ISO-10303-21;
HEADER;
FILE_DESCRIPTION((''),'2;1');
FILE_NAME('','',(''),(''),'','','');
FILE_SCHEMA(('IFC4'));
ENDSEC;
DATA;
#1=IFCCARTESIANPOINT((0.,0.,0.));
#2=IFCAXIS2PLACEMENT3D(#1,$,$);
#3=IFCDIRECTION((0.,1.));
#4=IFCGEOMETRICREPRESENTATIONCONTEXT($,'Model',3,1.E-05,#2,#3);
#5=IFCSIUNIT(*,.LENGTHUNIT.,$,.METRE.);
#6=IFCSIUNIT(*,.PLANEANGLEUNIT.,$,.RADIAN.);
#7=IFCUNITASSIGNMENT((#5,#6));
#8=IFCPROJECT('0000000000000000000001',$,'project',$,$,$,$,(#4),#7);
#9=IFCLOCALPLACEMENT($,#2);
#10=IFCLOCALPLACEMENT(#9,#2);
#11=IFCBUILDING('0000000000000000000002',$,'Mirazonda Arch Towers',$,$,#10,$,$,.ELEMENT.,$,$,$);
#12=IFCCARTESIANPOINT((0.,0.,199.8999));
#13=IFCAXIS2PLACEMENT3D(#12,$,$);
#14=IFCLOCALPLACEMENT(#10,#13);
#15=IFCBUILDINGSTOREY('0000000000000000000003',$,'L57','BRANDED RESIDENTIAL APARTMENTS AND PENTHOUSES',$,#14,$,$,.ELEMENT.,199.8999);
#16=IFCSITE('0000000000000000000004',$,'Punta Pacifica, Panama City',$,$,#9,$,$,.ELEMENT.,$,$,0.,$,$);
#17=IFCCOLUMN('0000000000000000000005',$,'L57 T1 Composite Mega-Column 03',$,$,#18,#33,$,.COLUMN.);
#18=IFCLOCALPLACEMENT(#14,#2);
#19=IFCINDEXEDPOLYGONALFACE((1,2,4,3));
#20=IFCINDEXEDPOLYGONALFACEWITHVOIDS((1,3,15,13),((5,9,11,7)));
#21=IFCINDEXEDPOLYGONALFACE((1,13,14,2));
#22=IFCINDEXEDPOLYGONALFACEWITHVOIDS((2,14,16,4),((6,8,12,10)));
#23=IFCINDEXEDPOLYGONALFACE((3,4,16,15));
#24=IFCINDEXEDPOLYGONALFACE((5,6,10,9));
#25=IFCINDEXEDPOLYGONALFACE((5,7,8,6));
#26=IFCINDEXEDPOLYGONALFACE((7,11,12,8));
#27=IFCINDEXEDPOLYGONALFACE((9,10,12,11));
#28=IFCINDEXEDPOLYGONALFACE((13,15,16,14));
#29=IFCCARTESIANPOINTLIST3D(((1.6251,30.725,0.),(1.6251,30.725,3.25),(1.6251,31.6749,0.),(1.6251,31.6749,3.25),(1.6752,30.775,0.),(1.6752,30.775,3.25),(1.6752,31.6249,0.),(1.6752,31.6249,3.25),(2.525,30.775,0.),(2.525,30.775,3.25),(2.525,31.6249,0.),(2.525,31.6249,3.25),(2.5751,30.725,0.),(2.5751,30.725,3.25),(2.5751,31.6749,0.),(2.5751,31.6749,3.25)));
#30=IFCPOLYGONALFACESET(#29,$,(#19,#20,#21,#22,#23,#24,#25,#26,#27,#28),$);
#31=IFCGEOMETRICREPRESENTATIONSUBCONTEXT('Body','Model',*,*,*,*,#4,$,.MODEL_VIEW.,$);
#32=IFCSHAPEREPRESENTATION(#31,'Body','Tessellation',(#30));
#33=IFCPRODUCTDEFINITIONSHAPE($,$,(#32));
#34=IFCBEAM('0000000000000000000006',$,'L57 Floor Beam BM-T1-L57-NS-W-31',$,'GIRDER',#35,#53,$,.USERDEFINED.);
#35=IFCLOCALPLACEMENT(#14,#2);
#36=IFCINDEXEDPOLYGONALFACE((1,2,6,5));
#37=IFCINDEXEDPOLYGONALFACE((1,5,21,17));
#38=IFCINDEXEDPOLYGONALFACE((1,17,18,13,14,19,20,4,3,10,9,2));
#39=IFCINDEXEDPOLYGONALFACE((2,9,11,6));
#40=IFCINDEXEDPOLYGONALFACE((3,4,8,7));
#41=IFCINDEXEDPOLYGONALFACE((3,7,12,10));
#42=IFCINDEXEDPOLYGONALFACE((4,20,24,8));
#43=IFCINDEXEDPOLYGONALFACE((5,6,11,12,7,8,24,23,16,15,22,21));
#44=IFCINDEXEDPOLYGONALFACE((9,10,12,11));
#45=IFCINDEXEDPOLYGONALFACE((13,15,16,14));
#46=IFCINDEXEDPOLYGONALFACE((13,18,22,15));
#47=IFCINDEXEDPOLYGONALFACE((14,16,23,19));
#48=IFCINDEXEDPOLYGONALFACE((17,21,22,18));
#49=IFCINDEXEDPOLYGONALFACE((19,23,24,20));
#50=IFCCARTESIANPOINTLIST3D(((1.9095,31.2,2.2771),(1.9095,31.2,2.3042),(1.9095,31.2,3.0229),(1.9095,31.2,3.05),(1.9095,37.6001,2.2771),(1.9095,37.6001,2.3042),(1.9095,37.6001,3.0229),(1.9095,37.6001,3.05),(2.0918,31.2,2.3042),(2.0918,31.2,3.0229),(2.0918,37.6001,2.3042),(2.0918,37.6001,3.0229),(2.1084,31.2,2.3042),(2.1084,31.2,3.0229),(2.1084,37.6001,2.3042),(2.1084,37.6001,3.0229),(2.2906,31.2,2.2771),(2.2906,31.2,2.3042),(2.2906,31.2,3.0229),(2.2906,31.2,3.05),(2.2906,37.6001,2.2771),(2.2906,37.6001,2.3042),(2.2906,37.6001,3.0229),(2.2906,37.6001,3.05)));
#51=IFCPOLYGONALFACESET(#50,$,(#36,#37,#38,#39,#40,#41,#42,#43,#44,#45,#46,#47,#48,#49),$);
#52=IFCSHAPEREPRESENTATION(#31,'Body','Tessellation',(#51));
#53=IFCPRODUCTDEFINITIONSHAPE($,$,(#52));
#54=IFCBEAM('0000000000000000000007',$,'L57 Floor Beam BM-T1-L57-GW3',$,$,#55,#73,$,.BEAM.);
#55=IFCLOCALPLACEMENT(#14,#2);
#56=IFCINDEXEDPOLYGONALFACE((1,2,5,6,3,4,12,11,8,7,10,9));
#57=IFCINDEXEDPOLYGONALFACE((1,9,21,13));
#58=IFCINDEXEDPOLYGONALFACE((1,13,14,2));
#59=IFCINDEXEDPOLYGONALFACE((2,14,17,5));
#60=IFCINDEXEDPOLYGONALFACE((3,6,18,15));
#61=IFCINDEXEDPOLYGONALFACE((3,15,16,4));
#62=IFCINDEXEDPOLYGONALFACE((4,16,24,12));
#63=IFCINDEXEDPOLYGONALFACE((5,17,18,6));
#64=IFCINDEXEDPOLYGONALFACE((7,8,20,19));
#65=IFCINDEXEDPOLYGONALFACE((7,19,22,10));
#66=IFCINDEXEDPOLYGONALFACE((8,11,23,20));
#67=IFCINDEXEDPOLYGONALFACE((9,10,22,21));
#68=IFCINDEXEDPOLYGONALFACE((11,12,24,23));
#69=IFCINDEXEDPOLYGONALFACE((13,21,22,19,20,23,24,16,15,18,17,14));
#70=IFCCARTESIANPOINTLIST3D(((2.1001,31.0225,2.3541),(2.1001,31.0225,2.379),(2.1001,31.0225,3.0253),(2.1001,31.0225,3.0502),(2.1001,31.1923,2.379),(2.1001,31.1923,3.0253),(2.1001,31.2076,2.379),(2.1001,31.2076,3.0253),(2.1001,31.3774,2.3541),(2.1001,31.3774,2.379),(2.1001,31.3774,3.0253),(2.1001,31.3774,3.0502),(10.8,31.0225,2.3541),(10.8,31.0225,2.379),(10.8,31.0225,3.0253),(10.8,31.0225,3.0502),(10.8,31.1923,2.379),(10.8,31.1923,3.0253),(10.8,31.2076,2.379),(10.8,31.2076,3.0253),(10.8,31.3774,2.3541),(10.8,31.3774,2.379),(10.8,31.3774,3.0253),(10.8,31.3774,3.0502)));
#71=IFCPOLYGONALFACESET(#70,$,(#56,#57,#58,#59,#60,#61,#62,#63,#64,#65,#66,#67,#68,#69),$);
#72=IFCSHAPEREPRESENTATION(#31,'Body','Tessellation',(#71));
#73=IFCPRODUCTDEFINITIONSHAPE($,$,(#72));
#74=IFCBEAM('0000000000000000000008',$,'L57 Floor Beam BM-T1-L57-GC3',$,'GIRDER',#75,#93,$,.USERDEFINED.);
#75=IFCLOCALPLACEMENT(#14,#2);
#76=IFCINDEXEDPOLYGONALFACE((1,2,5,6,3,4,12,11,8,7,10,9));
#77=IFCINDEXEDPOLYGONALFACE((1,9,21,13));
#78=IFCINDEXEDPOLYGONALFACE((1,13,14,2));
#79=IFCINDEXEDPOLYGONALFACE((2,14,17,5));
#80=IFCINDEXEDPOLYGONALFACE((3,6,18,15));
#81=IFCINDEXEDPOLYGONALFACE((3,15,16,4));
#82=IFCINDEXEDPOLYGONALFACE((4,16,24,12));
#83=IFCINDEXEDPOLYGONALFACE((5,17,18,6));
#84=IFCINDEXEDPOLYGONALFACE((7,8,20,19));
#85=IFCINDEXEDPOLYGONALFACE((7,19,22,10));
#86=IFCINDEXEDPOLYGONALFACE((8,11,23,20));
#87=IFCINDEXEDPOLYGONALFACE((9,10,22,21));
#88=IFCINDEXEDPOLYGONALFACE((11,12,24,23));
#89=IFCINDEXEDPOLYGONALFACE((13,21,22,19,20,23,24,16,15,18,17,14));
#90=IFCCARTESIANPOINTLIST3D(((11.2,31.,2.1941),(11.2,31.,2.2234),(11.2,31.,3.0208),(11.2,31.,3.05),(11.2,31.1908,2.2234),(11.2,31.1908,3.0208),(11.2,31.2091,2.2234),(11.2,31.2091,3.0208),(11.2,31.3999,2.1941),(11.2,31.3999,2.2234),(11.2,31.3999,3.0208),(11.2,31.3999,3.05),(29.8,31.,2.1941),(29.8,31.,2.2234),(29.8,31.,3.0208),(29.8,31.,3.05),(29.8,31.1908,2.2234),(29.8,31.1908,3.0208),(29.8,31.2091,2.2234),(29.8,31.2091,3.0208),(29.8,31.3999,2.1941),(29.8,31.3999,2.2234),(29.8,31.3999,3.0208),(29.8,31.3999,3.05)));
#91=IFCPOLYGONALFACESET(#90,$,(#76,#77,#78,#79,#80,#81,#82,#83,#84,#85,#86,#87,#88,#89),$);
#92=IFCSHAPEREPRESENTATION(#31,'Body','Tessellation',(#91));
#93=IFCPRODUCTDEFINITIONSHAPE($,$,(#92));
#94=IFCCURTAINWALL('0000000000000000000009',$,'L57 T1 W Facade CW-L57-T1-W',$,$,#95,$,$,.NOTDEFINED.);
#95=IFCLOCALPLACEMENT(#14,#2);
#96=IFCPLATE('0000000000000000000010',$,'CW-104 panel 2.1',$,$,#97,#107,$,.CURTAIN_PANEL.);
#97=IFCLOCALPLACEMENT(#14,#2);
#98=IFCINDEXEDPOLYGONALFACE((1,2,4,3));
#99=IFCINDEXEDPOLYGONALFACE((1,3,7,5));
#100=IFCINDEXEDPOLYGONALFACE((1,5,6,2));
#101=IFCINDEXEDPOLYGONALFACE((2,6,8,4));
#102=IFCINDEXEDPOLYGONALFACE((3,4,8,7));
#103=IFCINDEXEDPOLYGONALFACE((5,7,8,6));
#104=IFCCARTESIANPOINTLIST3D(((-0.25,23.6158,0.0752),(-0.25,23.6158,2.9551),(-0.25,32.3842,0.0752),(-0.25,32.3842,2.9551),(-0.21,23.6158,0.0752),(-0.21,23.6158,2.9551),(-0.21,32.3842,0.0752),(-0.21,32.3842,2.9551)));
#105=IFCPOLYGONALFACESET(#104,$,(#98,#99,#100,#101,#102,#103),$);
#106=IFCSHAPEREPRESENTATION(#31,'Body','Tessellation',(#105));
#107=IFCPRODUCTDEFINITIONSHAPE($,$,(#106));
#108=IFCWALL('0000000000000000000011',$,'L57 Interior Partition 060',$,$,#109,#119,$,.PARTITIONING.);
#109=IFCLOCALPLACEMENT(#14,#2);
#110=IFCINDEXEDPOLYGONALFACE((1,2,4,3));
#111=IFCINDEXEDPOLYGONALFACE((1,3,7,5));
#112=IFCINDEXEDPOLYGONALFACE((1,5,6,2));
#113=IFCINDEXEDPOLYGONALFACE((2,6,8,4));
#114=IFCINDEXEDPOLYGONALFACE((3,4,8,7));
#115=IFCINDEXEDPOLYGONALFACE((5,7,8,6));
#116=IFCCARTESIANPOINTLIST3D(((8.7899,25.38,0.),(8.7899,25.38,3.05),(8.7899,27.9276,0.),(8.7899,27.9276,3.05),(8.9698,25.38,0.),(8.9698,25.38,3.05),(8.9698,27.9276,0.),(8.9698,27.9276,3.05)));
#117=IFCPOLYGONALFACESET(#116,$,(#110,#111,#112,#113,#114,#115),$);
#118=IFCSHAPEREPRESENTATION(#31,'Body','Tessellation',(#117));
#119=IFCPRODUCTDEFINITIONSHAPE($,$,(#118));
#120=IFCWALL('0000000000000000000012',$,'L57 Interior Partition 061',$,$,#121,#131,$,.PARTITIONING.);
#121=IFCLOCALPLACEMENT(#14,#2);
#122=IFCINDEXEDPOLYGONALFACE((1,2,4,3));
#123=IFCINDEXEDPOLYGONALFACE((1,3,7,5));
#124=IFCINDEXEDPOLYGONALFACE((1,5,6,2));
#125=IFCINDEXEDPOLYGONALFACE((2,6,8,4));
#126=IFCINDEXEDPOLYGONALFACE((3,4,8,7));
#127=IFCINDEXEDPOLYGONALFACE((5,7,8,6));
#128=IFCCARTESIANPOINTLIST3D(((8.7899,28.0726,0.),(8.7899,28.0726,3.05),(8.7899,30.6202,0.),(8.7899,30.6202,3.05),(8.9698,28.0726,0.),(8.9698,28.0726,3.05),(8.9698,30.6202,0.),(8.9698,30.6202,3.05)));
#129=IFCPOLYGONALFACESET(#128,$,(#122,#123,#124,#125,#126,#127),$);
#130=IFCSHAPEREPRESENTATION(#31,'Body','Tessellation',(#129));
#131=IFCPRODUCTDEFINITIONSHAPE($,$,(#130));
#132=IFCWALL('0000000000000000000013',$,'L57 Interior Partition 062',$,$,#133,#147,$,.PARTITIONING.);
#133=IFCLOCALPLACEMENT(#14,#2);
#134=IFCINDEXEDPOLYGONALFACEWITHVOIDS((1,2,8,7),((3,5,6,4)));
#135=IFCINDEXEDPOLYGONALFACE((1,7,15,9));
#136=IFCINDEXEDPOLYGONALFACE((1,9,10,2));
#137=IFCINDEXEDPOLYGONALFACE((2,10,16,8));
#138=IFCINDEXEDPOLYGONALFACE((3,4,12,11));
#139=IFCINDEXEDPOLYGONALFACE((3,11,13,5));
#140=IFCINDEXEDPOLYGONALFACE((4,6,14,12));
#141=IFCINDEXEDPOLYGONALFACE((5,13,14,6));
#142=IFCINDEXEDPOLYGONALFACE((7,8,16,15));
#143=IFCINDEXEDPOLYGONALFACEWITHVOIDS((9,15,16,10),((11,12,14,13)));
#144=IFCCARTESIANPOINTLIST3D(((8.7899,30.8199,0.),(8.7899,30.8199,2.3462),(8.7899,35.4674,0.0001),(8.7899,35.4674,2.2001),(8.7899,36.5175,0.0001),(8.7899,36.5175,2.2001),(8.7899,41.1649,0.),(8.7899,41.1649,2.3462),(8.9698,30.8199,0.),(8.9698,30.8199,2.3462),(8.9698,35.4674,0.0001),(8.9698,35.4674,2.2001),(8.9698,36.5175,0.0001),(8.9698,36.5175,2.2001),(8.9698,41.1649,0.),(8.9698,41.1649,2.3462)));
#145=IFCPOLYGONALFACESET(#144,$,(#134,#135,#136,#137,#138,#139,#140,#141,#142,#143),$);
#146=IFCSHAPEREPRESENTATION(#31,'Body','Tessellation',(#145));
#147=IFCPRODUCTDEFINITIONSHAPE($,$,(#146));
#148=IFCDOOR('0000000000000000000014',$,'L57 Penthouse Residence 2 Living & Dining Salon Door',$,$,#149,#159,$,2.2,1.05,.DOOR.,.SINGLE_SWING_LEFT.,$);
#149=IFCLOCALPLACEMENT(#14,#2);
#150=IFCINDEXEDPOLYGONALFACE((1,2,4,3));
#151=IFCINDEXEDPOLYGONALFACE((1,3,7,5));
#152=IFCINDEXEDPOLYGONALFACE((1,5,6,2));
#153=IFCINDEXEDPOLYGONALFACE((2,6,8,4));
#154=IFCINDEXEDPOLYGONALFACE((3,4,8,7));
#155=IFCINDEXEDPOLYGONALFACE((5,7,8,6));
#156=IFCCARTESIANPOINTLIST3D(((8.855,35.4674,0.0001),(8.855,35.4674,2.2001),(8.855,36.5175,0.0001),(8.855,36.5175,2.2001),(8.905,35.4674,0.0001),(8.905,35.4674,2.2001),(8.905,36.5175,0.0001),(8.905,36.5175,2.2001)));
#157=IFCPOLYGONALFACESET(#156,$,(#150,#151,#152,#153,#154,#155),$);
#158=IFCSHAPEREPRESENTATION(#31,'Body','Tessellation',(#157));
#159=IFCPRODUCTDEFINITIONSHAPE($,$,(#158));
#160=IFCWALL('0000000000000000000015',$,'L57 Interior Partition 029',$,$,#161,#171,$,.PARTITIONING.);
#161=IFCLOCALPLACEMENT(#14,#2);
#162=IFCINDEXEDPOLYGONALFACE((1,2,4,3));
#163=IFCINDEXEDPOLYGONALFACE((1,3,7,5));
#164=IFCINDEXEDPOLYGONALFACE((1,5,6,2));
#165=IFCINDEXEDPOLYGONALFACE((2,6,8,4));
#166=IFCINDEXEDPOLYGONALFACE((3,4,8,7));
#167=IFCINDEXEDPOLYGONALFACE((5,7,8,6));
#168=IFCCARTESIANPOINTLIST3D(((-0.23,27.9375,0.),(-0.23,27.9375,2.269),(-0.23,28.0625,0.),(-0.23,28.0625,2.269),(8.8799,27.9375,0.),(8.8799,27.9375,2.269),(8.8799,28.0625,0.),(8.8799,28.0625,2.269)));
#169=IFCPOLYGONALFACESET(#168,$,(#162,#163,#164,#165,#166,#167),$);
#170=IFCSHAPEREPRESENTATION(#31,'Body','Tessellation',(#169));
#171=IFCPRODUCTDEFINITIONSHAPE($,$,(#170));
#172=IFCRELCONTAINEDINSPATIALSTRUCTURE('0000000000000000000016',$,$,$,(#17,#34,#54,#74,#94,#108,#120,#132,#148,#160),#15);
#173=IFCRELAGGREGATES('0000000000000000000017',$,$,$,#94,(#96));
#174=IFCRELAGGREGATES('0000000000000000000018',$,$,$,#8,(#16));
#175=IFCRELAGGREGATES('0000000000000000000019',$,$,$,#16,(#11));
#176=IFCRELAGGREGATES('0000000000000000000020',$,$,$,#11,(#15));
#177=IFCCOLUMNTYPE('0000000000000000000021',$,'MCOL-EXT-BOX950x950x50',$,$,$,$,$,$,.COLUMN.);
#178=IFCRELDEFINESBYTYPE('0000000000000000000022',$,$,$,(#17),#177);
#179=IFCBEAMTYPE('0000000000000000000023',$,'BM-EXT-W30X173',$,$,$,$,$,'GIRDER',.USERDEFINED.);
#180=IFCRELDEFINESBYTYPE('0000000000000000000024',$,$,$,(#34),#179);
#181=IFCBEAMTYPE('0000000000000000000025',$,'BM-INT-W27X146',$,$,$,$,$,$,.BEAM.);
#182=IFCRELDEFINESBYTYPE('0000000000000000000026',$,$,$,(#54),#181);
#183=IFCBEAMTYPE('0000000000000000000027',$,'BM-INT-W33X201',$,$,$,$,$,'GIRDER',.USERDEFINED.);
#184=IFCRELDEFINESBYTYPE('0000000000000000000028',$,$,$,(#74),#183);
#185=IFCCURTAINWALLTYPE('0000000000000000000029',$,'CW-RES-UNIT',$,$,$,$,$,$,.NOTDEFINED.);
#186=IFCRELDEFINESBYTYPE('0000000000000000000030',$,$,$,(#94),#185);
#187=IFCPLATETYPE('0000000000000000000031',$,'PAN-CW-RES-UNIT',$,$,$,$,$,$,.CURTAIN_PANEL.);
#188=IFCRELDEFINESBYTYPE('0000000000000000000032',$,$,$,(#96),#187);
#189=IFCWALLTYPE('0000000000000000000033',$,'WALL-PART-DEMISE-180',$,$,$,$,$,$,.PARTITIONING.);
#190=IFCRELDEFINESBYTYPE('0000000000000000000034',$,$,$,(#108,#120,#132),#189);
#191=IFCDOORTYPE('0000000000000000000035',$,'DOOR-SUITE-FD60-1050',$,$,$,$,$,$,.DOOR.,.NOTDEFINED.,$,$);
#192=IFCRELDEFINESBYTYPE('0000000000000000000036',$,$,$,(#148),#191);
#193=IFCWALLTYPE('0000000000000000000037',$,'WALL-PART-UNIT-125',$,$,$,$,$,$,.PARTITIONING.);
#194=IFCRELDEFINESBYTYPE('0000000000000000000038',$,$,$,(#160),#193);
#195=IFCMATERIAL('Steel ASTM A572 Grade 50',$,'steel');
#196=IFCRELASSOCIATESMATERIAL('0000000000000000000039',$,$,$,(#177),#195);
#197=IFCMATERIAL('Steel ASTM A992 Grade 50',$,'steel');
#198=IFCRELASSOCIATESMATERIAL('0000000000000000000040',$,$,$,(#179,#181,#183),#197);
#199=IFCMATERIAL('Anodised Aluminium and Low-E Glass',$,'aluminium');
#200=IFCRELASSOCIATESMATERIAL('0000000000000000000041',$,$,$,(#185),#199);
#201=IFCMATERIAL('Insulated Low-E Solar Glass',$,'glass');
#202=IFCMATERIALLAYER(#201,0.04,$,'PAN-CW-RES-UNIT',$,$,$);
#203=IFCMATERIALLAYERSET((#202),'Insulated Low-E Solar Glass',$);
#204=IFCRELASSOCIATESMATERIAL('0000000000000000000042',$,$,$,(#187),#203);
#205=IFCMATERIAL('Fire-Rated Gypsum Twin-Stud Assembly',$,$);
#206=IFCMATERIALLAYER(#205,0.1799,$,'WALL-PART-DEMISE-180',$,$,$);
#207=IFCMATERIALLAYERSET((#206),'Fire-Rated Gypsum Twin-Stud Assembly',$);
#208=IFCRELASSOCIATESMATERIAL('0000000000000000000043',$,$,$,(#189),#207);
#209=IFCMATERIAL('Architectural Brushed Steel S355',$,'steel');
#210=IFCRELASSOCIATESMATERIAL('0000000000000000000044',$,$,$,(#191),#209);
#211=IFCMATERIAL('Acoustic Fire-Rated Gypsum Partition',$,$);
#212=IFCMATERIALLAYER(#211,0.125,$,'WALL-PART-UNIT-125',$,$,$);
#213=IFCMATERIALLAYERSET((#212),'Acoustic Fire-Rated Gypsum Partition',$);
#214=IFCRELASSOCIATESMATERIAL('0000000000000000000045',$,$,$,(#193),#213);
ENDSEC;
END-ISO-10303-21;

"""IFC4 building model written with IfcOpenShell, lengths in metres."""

from ifc_helpers import new_model, si_unit, direction, frame, frame_2d, origin, origin_2d, place, context, subcontext, project, spatial, rectangle, hollow_rectangle, i_section, extrude, material, layer, layer_set, material_profile, profile_set, type_object, element, fill, aggregate, save


model = new_model("IFC4")

# Units and contexts
model_context = context("Model", 3, precision=1e-05, world=origin(), true_north=direction((0.0, 1.0)))
body_context = subcontext(model_context, "Body", "Model", "MODEL_VIEW")
ifc_project = project(units=[si_unit("LENGTHUNIT", "METRE"), si_unit("PLANEANGLEUNIT", "RADIAN")], contexts=[model_context])

# Site, building, storey
site_placement = place(None, origin())
site = spatial("IfcSite", under=ifc_project, at=site_placement, Name="Punta Pacifica, Panama City", CompositionType="ELEMENT", RefElevation=0.0)
building_placement = place(site_placement, origin())
building = spatial("IfcBuilding", under=site, at=building_placement, Name="Mirazonda Arch Towers", CompositionType="ELEMENT")
storey_placement = place(building_placement, frame((0.0, 0.0, 199.8999)))
storey = spatial("IfcBuildingStorey", under=building, at=storey_placement, Name="L57", Description="BRANDED RESIDENTIAL APARTMENTS AND PENTHOUSES", CompositionType="ELEMENT", Elevation=199.8999)

# Column
ifc_material_1 = material(Name="Steel ASTM A572 Grade 50", Category="steel")
ifc_material_profile_1 = material_profile(ifc_material_1, hollow_rectangle(XDim=0.95, YDim=0.95, WallThickness=0.05, at=origin_2d()), Name="BOX950x950x50")
ifc_profile_set_1 = profile_set([ifc_material_profile_1], Name="Steel ASTM A572 Grade 50")
column_type = type_object("IfcColumnType", Name="MCOL-EXT-BOX950x950x50", PredefinedType="COLUMN", material=ifc_profile_set_1)
column_placement = place(storey_placement, frame((2.1001, 31.2, 0.0), z_axis=(0.0, 0.0, 1.0), x_axis=(1.0, 0.0, 0.0)))
element("IfcColumn", 1, at=column_placement, inside=storey, type_object=column_type, Name="L57 T1 Composite Mega-Column 03", PredefinedType="COLUMN", context=body_context, shape_type="SweptSolid", body=[
    extrude(hollow_rectangle(XDim=0.95, YDim=0.95, WallThickness=0.05, at=origin_2d()), origin(), (0.0, 0.0, 1.0), 3.25),
])

# Beams
ifc_material_2 = material(Name="Steel ASTM A992 Grade 50", Category="steel")
ifc_material_profile_2 = material_profile(ifc_material_2, i_section(OverallWidth=0.3811, OverallDepth=0.7729, WebThickness=0.0166, FlangeThickness=0.0271, at=origin_2d()), Name="W30X173")
ifc_profile_set_2 = profile_set([ifc_material_profile_2], Name="Steel ASTM A992 Grade 50")
beam_type_1 = type_object("IfcBeamType", Name="BM-EXT-W30X173", ElementType="GIRDER", PredefinedType="USERDEFINED", material=ifc_profile_set_2)
beam_1_placement = place(storey_placement, frame((2.1001, 31.2, 2.6636), z_axis=(0.0, 1.0, 0.0), x_axis=(-1.0, 0.0, 0.0)))
element("IfcBeam", 2, at=beam_1_placement, inside=storey, type_object=beam_type_1, Name="L57 Floor Beam BM-T1-L57-NS-W-31", ObjectType="GIRDER", PredefinedType="USERDEFINED", context=body_context, shape_type="SweptSolid", body=[
    extrude(i_section(OverallWidth=0.3811, OverallDepth=0.7729, WebThickness=0.0166, FlangeThickness=0.0271, at=origin_2d()), origin(), (0.0, 0.0, 1.0), 6.4001),
])
ifc_material_profile_3 = material_profile(ifc_material_2, i_section(OverallWidth=0.355, OverallDepth=0.696, WebThickness=0.0154, FlangeThickness=0.0249, at=origin_2d()), Name="W27X146")
ifc_profile_set_3 = profile_set([ifc_material_profile_3], Name="Steel ASTM A992 Grade 50")
beam_type_2 = type_object("IfcBeamType", Name="BM-INT-W27X146", PredefinedType="BEAM", material=ifc_profile_set_3)
beam_2_placement = place(storey_placement, frame((2.1001, 31.2, 2.7021), z_axis=(1.0, 0.0, 0.0), x_axis=(0.0, 1.0, 0.0)))
element("IfcBeam", 3, at=beam_2_placement, inside=storey, type_object=beam_type_2, Name="L57 Floor Beam BM-T1-L57-GW3", PredefinedType="BEAM", context=body_context, shape_type="SweptSolid", body=[
    extrude(i_section(OverallWidth=0.355, OverallDepth=0.696, WebThickness=0.0154, FlangeThickness=0.0249, at=origin_2d()), origin(), (0.0, 0.0, 1.0), 8.7),
])
ifc_material_profile_4 = material_profile(ifc_material_2, i_section(OverallWidth=0.3999, OverallDepth=0.856, WebThickness=0.0183, FlangeThickness=0.0293, at=origin_2d()), Name="W33X201")
ifc_profile_set_4 = profile_set([ifc_material_profile_4], Name="Steel ASTM A992 Grade 50")
beam_type_3 = type_object("IfcBeamType", Name="BM-INT-W33X201", ElementType="GIRDER", PredefinedType="USERDEFINED", material=ifc_profile_set_4)
beam_3_placement = place(storey_placement, frame((11.2, 31.2, 2.6221), z_axis=(1.0, 0.0, 0.0), x_axis=(0.0, 1.0, 0.0)))
element("IfcBeam", 4, at=beam_3_placement, inside=storey, type_object=beam_type_3, Name="L57 Floor Beam BM-T1-L57-GC3", ObjectType="GIRDER", PredefinedType="USERDEFINED", context=body_context, shape_type="SweptSolid", body=[
    extrude(i_section(OverallWidth=0.3999, OverallDepth=0.856, WebThickness=0.0183, FlangeThickness=0.0293, at=origin_2d()), origin(), (0.0, 0.0, 1.0), 18.6001),
])

# Curtain wall, plate
ifc_material_3 = material(Name="Anodised Aluminium and Low-E Glass", Category="aluminium")
curtain_wall_type = type_object("IfcCurtainWallType", Name="CW-RES-UNIT", PredefinedType="NOTDEFINED", material=ifc_material_3)
curtain_wall_placement = place(storey_placement, origin())
curtain_wall = element("IfcCurtainWall", 5, at=curtain_wall_placement, inside=storey, type_object=curtain_wall_type, Name="L57 T1 W Facade CW-L57-T1-W", PredefinedType="NOTDEFINED")
ifc_material_4 = material(Name="Insulated Low-E Solar Glass", Category="glass")
ifc_layer_1 = layer(ifc_material_4, 0.04, Name="PAN-CW-RES-UNIT")
ifc_layer_set_1 = layer_set([ifc_layer_1], Name="Insulated Low-E Solar Glass")
plate_type = type_object("IfcPlateType", Name="PAN-CW-RES-UNIT", PredefinedType="CURTAIN_PANEL", material=ifc_layer_set_1)
plate_placement = place(storey_placement, frame((-0.23, 28.0, 0.0752), z_axis=(0.0, 0.0, 1.0), x_axis=(0.0, -1.0, 0.0)))
plate = element("IfcPlate", 6, at=plate_placement, type_object=plate_type, Name="CW-104 panel 2.1", PredefinedType="CURTAIN_PANEL", context=body_context, shape_type="SweptSolid", body=[
    extrude(rectangle(XDim=8.7683, YDim=0.04, at=origin_2d()), origin(), (0.0, 0.0, 1.0), 2.8799),
])
aggregate(curtain_wall, [plate])

# Shared definitions
ifc_material_5 = material(Name="Fire-Rated Gypsum Twin-Stud Assembly")
ifc_layer_2 = layer(ifc_material_5, 0.1799, Name="WALL-PART-DEMISE-180")
ifc_layer_set_2 = layer_set([ifc_layer_2], Name="Fire-Rated Gypsum Twin-Stud Assembly")
wall_type_1 = type_object("IfcWallType", Name="WALL-PART-DEMISE-180", PredefinedType="PARTITIONING", material=ifc_layer_set_2)
ifc_material_6 = material(Name="Architectural Brushed Steel S355", Category="steel")

# Walls
for number, where, z_axis, x_axis, name in (
    (7, (8.8799, 25.3799, 0.0), (0.0, 0.0, 1.0), (0.0, 1.0, 0.0), "L57 Interior Partition 060"),
    (8, (8.8799, 28.0725, 0.0), (0.0, 0.0, 1.0), (0.0, 1.0, 0.0), "L57 Interior Partition 061"),
):
    element("IfcWall", number, at=place(storey_placement, frame(where, z_axis=z_axis, x_axis=x_axis)), inside=storey, type_object=wall_type_1, Name=name, PredefinedType="PARTITIONING", context=body_context, shape_type="SweptSolid", body=[
        extrude(rectangle(XDim=2.5476, YDim=0.1799, at=frame_2d((1.2739, 0.0))), origin(), (0.0, 0.0, 1.0), 3.05),
    ])

# Wall, opening, door
wall_1_placement = place(storey_placement, frame((8.8799, 30.8201, 0.0), z_axis=(0.0, 0.0, 1.0), x_axis=(0.0, 1.0, 0.0)))
wall_1 = element("IfcWall", 9, at=wall_1_placement, inside=storey, type_object=wall_type_1, Name="L57 Interior Partition 062", PredefinedType="PARTITIONING", context=body_context, shape_type="SweptSolid", body=[
    extrude(rectangle(XDim=10.345, YDim=0.1799, at=frame_2d((5.1724, 0.0))), origin(), (0.0, 0.0, 1.0), 2.3462),
])
opening_1_placement = place(wall_1_placement, frame((4.6475, 0.0, 0.0)))
opening_1 = element("IfcOpeningElement", 10, at=opening_1_placement, cuts=wall_1, PredefinedType="OPENING", context=body_context, shape_type="SweptSolid", body=[
    extrude(rectangle(XDim=1.05, YDim=2.2, at=frame_2d((0.5249, 1.1001))), frame((0.0, 0.0999, 0.0), z_axis=(0.0, -1.0, 0.0), x_axis=(1.0, 0.0, 0.0)), (0.0, 0.0, 1.0), 0.2),
])
door_type_1 = type_object("IfcDoorType", Name="DOOR-SUITE-FD60-1050", OperationType="NOTDEFINED", PredefinedType="DOOR", material=ifc_material_6)
door_1_placement = place(opening_1_placement, origin())
door_1 = element("IfcDoor", 11, at=door_1_placement, inside=storey, type_object=door_type_1, Name="L57 Penthouse Residence 2 Living & Dining Salon Door", OperationType="SINGLE_SWING_LEFT", OverallHeight=2.2, OverallWidth=1.05, PredefinedType="DOOR", context=body_context, shape_type="SweptSolid", body=[
    extrude(rectangle(XDim=1.05, YDim=2.2, at=frame_2d((0.5249, 1.1001))), frame((0.0, 0.0249, 0.0), z_axis=(0.0, -1.0, 0.0), x_axis=(1.0, 0.0, 0.0)), (0.0, 0.0, 1.0), 0.05),
])
fill(opening_1, door_1)

# Wall
ifc_material_7 = material(Name="Acoustic Fire-Rated Gypsum Partition")
ifc_layer_3 = layer(ifc_material_7, 0.125, Name="WALL-PART-UNIT-125")
ifc_layer_set_3 = layer_set([ifc_layer_3], Name="Acoustic Fire-Rated Gypsum Partition")
wall_type_2 = type_object("IfcWallType", Name="WALL-PART-UNIT-125", PredefinedType="PARTITIONING", material=ifc_layer_set_3)
wall_2_placement = place(storey_placement, frame((-0.23, 28.0, 0.0), z_axis=(0.0, 0.0, 1.0), x_axis=(1.0, 0.0, 0.0)))
element("IfcWall", 12, at=wall_2_placement, inside=storey, type_object=wall_type_2, Name="L57 Interior Partition 029", PredefinedType="PARTITIONING", context=body_context, shape_type="SweptSolid", body=[
    extrude(rectangle(XDim=9.1099, YDim=0.125, at=frame_2d((4.5549, 0.0))), origin(), (0.0, 0.0, 1.0), 2.269),
])

save(model, "model.ifc")
